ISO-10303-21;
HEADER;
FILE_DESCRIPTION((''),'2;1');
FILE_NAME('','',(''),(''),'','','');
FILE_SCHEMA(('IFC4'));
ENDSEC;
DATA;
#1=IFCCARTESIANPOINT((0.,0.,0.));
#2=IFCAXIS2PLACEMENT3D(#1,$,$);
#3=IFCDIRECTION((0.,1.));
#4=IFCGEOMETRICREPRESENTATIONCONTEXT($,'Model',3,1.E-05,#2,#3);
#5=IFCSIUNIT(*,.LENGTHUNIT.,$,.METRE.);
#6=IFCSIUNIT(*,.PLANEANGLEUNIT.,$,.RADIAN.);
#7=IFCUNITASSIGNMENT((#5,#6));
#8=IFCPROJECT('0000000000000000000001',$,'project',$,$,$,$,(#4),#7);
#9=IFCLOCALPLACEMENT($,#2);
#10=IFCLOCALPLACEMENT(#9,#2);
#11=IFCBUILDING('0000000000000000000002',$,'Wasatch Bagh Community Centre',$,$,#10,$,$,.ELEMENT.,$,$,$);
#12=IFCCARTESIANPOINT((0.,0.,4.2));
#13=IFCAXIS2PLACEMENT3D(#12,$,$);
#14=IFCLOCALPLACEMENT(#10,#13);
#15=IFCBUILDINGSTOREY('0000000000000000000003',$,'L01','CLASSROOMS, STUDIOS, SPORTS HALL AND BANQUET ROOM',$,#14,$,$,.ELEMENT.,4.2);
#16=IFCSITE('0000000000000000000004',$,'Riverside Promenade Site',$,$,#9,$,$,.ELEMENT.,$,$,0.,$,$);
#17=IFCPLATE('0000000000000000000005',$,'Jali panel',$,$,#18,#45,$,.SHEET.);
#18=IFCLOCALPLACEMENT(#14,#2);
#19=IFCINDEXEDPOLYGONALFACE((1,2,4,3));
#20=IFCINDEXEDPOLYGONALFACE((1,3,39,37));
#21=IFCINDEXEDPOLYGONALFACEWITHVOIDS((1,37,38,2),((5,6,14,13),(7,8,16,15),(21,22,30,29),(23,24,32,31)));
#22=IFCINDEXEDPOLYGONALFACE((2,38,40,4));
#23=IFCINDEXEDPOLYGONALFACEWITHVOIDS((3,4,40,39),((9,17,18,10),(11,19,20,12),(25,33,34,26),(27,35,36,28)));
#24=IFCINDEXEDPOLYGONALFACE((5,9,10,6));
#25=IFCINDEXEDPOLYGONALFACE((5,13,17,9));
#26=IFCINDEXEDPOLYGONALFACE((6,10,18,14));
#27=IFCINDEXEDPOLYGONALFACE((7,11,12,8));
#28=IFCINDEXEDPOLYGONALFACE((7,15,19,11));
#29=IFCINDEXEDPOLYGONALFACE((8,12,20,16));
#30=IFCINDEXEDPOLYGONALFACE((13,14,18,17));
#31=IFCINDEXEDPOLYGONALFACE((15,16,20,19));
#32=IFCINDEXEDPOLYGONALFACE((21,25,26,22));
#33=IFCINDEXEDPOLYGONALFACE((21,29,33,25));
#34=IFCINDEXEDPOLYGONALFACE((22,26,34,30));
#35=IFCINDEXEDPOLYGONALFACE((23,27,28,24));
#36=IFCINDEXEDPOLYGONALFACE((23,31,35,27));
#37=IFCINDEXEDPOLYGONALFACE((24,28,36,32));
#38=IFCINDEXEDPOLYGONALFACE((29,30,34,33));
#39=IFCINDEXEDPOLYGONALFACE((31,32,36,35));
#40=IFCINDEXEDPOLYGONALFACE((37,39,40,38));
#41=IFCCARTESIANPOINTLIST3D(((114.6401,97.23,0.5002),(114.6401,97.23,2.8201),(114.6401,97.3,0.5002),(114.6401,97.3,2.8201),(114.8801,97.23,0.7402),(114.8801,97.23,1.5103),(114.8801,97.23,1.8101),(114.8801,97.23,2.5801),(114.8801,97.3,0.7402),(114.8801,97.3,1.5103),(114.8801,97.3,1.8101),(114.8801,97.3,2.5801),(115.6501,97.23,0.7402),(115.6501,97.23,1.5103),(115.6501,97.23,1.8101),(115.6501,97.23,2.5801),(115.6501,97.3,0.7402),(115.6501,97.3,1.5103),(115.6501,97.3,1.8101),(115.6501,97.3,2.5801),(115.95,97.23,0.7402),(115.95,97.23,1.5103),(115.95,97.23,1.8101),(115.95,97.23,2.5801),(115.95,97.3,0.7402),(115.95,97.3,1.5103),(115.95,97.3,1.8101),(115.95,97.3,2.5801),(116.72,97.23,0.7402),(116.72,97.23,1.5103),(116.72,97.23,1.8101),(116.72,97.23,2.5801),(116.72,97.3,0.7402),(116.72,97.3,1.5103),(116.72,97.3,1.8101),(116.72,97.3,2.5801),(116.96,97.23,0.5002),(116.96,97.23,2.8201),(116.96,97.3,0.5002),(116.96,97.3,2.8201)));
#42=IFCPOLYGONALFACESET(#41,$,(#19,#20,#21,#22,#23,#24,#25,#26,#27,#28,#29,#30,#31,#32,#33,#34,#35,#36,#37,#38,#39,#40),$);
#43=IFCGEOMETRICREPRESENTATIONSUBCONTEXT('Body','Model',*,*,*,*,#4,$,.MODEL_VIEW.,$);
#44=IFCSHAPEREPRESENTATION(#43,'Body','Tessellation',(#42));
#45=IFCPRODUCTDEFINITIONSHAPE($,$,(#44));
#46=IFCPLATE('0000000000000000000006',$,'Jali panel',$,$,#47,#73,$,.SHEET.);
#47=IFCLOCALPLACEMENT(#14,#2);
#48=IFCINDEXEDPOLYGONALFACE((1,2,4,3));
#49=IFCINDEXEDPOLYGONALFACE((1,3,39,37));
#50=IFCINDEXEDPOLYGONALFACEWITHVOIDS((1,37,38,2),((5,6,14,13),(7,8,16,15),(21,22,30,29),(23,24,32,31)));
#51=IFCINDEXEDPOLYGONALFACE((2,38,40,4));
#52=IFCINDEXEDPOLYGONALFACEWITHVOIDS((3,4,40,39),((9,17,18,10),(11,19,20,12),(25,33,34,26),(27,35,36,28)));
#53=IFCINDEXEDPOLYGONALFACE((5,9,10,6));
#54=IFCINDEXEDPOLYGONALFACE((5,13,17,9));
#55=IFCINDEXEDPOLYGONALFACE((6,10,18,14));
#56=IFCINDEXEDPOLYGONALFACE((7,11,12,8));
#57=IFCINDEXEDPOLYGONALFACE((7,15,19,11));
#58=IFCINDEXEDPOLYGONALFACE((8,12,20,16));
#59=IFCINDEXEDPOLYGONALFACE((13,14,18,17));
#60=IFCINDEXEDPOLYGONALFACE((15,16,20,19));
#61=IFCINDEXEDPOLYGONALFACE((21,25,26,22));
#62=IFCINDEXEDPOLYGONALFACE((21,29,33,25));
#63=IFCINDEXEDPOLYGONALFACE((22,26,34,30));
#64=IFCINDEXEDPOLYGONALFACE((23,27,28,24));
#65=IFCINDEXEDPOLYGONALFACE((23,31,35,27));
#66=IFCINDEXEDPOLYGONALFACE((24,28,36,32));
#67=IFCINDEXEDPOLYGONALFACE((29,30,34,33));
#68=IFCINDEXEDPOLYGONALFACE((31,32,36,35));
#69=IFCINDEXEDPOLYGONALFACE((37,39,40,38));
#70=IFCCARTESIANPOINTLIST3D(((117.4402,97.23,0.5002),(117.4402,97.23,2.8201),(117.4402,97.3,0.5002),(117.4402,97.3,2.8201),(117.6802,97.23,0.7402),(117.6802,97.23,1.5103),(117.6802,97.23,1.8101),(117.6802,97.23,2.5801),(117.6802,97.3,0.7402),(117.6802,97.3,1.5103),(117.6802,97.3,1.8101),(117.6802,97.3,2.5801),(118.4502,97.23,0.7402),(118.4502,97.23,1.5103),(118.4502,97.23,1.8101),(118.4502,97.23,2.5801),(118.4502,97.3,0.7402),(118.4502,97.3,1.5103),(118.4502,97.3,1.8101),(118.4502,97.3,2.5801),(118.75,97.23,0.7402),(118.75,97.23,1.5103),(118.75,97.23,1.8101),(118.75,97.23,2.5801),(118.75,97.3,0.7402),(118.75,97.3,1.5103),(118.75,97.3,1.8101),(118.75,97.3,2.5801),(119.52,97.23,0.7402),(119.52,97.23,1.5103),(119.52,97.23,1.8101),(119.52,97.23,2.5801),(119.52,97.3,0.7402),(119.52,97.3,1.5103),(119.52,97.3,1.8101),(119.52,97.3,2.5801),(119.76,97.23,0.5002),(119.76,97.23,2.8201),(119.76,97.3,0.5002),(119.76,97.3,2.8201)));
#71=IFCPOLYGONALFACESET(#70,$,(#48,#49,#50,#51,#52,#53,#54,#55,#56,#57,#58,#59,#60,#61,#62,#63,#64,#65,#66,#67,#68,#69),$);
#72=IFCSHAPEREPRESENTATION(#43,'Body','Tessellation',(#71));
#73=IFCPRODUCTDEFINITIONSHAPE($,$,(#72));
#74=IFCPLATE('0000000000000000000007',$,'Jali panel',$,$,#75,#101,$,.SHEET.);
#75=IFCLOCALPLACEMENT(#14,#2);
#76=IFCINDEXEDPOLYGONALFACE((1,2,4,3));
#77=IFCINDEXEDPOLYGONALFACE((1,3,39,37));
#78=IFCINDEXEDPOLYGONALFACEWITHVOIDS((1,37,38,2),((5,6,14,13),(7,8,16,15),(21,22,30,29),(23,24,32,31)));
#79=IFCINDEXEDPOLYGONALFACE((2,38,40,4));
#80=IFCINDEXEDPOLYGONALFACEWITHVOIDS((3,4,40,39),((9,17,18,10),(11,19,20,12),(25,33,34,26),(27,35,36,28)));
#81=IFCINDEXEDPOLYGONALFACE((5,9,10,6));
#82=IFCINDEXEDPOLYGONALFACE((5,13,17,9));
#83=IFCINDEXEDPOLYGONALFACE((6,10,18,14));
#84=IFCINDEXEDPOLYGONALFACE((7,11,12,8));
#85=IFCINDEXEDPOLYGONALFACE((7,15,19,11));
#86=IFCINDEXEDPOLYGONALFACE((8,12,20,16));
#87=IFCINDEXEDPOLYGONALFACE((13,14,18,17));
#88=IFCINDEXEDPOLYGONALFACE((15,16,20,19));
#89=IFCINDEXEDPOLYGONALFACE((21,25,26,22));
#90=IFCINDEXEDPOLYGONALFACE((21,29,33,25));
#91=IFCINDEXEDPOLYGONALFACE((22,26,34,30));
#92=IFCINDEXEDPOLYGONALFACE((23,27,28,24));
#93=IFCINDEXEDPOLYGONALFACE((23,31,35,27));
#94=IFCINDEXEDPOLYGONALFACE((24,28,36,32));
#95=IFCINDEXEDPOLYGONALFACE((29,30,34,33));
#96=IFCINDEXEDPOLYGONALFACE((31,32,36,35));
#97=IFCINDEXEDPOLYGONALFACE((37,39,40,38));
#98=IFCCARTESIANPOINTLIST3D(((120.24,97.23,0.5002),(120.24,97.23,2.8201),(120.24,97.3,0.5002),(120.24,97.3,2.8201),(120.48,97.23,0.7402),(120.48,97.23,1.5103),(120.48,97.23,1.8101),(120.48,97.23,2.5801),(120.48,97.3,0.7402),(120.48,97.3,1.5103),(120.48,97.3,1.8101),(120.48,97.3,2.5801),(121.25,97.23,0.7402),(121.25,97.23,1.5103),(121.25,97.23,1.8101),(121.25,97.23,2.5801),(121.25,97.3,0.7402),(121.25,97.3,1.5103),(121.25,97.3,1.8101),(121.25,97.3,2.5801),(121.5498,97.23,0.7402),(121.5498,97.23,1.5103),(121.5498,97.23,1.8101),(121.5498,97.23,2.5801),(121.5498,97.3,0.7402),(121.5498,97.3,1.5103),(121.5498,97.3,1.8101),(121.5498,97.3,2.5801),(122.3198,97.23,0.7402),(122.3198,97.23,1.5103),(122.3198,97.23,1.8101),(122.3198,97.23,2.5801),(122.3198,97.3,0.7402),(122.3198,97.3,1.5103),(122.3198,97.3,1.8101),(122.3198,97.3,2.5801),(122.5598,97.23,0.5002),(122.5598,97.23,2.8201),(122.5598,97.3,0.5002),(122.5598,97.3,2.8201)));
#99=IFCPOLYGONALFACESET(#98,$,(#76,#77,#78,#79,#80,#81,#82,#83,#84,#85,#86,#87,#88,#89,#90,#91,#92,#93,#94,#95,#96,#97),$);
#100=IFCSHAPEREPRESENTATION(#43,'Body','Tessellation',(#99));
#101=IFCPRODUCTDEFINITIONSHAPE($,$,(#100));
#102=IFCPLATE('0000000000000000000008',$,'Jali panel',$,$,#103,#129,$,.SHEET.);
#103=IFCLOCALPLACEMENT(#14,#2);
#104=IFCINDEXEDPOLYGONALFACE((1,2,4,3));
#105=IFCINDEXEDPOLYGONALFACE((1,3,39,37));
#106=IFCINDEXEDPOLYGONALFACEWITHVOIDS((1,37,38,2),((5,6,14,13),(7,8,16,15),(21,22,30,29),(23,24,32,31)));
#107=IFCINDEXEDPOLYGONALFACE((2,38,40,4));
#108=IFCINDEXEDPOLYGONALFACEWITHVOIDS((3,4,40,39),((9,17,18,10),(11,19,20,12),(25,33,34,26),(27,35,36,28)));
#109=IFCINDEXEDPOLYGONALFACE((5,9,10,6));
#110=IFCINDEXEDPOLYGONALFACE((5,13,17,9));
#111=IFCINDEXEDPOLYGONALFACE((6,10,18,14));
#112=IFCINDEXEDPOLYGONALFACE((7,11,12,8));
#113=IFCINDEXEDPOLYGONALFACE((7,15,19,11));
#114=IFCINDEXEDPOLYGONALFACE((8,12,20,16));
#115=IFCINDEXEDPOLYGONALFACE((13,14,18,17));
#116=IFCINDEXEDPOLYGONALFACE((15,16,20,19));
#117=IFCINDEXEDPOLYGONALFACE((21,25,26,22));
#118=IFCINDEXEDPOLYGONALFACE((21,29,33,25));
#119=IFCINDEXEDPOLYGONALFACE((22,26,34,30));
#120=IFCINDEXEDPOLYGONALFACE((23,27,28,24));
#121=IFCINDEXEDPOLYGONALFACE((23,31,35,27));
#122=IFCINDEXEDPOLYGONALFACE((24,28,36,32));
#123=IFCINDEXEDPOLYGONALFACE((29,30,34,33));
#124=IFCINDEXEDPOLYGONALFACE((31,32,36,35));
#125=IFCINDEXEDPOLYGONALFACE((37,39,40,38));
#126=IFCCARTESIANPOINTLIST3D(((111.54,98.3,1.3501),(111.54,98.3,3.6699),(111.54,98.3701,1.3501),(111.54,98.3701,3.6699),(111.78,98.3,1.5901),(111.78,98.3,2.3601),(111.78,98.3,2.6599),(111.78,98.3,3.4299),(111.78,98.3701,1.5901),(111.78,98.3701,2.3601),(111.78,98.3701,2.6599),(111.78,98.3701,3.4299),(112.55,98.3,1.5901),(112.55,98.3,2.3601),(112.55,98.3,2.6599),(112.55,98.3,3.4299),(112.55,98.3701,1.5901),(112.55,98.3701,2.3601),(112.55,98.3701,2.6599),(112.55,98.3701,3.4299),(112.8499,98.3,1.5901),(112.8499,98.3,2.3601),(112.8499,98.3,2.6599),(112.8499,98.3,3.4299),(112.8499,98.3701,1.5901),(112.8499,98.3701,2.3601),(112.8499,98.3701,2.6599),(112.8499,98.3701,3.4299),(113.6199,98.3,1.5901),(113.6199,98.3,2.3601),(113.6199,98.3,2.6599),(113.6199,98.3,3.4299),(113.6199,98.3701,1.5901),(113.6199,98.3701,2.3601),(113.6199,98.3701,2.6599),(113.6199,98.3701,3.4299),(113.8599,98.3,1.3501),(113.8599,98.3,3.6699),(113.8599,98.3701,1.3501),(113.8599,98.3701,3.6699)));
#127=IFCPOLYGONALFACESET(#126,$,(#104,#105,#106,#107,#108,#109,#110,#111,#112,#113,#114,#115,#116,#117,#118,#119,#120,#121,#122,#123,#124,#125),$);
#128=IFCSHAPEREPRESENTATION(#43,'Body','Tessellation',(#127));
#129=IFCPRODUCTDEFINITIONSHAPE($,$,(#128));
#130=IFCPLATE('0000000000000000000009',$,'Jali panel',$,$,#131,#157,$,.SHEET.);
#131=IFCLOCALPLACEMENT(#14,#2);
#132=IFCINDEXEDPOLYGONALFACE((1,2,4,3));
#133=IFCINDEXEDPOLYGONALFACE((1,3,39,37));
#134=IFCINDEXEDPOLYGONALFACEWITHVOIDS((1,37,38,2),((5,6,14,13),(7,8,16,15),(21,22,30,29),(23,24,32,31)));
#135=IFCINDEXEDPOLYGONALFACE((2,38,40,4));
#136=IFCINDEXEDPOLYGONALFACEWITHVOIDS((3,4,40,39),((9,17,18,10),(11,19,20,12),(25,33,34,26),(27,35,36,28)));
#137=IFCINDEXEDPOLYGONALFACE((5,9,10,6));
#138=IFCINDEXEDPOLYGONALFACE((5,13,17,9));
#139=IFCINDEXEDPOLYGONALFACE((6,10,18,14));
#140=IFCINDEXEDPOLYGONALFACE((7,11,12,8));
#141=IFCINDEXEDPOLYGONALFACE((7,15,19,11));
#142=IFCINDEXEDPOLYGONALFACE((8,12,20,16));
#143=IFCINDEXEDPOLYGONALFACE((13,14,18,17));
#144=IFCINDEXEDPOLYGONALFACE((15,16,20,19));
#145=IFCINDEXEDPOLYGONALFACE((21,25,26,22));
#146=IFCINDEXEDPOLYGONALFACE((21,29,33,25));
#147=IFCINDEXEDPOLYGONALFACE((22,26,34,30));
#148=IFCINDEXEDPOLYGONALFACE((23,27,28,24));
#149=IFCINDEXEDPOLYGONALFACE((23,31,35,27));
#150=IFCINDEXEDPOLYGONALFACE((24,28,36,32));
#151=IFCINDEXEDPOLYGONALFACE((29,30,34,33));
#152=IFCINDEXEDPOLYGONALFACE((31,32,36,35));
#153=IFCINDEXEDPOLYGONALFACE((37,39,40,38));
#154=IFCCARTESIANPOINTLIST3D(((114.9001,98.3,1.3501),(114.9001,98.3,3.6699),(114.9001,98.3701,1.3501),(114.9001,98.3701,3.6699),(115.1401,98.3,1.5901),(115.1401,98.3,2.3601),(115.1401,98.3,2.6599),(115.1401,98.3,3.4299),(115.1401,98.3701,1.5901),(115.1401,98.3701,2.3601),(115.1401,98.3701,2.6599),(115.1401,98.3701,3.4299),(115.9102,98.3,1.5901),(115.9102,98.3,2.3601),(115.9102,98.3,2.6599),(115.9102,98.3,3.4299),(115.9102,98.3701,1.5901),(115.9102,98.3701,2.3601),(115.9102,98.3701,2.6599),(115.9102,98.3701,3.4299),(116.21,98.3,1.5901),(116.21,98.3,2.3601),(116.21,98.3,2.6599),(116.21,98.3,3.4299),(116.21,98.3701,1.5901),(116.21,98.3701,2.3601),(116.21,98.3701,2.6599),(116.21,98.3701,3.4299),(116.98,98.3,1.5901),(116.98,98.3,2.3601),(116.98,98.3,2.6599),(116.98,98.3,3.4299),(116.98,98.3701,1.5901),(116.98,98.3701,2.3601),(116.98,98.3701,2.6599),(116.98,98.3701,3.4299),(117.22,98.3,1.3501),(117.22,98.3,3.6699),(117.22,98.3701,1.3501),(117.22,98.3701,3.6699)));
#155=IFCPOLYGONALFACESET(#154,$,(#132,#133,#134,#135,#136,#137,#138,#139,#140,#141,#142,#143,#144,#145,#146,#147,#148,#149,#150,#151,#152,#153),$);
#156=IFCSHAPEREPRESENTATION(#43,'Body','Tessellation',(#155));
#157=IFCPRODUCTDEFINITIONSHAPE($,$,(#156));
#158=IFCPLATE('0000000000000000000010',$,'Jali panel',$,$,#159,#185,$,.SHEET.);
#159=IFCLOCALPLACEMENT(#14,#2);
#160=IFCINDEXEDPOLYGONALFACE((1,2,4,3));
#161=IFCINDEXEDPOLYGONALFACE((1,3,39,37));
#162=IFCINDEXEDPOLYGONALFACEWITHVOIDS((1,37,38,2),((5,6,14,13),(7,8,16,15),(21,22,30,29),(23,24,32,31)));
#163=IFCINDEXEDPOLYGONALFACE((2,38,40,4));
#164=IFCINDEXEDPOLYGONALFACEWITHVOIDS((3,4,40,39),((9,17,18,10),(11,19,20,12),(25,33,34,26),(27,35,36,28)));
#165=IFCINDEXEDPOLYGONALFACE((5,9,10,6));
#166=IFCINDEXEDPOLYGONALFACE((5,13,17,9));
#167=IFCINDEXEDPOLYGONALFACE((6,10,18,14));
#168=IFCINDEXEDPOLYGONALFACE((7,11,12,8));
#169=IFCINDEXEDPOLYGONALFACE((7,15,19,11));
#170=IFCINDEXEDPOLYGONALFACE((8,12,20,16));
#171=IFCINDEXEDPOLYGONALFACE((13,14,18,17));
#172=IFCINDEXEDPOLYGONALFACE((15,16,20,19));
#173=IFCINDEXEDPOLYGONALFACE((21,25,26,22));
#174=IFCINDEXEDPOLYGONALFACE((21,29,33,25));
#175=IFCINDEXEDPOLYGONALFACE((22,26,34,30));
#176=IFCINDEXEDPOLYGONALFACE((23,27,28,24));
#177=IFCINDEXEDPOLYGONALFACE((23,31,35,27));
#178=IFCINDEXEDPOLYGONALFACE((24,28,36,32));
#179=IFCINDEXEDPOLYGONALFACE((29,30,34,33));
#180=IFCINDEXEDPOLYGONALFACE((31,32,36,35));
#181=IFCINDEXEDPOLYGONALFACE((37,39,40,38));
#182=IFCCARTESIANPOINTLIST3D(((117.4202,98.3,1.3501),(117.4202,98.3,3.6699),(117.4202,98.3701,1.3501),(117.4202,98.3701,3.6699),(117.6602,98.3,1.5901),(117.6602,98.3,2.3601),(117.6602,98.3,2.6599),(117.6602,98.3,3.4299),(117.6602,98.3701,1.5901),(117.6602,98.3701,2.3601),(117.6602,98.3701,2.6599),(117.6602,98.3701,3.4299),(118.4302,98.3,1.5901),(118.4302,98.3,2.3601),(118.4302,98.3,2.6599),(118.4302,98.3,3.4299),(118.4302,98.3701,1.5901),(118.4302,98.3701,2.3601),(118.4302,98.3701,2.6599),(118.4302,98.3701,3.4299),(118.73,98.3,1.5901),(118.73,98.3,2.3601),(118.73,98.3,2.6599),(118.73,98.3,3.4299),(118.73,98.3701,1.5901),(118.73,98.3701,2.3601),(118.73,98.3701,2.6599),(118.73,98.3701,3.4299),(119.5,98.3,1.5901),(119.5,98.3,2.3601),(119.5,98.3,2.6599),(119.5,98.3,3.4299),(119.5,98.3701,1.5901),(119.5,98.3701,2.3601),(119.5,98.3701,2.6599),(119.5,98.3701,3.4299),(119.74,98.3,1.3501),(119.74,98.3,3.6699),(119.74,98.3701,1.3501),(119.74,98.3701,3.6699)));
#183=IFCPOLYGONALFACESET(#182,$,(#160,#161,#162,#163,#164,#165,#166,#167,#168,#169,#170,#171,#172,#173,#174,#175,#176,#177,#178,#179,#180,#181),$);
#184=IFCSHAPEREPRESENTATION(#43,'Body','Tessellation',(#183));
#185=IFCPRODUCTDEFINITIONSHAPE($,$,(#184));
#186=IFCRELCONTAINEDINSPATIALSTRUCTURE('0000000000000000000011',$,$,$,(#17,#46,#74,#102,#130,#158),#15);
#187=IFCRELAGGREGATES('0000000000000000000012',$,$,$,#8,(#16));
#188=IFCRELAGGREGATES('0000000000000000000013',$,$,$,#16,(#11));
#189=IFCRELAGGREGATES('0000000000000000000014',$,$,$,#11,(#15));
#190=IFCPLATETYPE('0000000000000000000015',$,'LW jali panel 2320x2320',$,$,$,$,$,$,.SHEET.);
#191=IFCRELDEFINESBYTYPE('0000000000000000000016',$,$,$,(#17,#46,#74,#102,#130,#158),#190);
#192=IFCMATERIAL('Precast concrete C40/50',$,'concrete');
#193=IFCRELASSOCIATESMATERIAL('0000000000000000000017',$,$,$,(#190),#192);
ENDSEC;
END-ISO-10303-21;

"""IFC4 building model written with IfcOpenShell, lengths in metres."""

from ifc_helpers import new_model, si_unit, direction, frame, origin, place, context, subcontext, project, spatial, polyline, outline, extrude, material, material_profile, profile_set, type_object, element, save


model = new_model("IFC4")

# Units and contexts
model_context = context("Model", 3, precision=1e-05, world=origin(), true_north=direction((0.0, 1.0)))
body_context = subcontext(model_context, "Body", "Model", "MODEL_VIEW")
ifc_project = project(units=[si_unit("LENGTHUNIT", "METRE"), si_unit("PLANEANGLEUNIT", "RADIAN")], contexts=[model_context])

# Site, building, storey
site_placement = place(None, origin())
site = spatial("IfcSite", under=ifc_project, at=site_placement, Name="Riverside Promenade Site", CompositionType="ELEMENT", RefElevation=0.0)
building_placement = place(site_placement, origin())
building = spatial("IfcBuilding", under=site, at=building_placement, Name="Wasatch Bagh Community Centre", CompositionType="ELEMENT")
storey_placement = place(building_placement, frame((0.0, 0.0, 4.2)))
storey = spatial("IfcBuildingStorey", under=building, at=storey_placement, Name="L01", Description="CLASSROOMS, STUDIOS, SPORTS HALL AND BANQUET ROOM", CompositionType="ELEMENT", Elevation=4.2)

# Plates
ifc_material_1 = material(Name="Precast concrete C40/50", Category="concrete")
ifc_material_profile_1 = material_profile(ifc_material_1, outline(polyline([(-1.1599, -1.1599), (1.1599, -1.1599), (1.1599, 1.1599), (-1.1599, 1.1599), (-1.1599, -1.1599)]), holes=[polyline([(-0.9199, -0.9199), (-0.1499, -0.9199), (-0.1499, -0.1499), (-0.9199, -0.1499), (-0.9199, -0.9199)]), polyline([(-0.9199, 0.1499), (-0.1499, 0.1499), (-0.1499, 0.9199), (-0.9199, 0.9199), (-0.9199, 0.1499)]), polyline([(0.1499, -0.9199), (0.9199, -0.9199), (0.9199, -0.1499), (0.1499, -0.1499), (0.1499, -0.9199)]), polyline([(0.1499, 0.1499), (0.9199, 0.1499), (0.9199, 0.9199), (0.1499, 0.9199), (0.1499, 0.1499)])]), Name="Jali lattice")
ifc_profile_set_1 = profile_set([ifc_material_profile_1], Name="Precast concrete C40/50")
plate_type_1 = type_object("IfcPlateType", Name="LW jali panel 2320x2320", PredefinedType="SHEET", material=ifc_profile_set_1)
for number, where, z_axis, x_axis, name in (
    (1, (115.8, 97.3, 1.6602), (0.0, -1.0, 0.0), (1.0, 0.0, 0.0), "Jali panel"),
    (2, (118.6001, 97.3, 1.6602), (0.0, -1.0, 0.0), (1.0, 0.0, 0.0), "Jali panel"),
    (3, (121.3999, 97.3, 1.6602), (0.0, -1.0, 0.0), (1.0, 0.0, 0.0), "Jali panel"),
    (4, (112.7, 98.3, 2.51), (0.0, 1.0, 0.0), (-1.0, 0.0, 0.0), "Jali panel"),
    (5, (116.0601, 98.3, 2.51), (0.0, 1.0, 0.0), (-1.0, 0.0, 0.0), "Jali panel"),
    (6, (118.5801, 98.3, 2.51), (0.0, 1.0, 0.0), (-1.0, 0.0, 0.0), "Jali panel"),
):
    element("IfcPlate", number, at=place(storey_placement, frame(where, z_axis=z_axis, x_axis=x_axis)), inside=storey, type_object=plate_type_1, Name=name, PredefinedType="SHEET", context=body_context, shape_type="SweptSolid", body=[
        extrude(outline(polyline([(-1.1599, -1.1599), (1.1599, -1.1599), (1.1599, 1.1599), (-1.1599, 1.1599), (-1.1599, -1.1599)]), holes=[polyline([(-0.9199, -0.9199), (-0.1499, -0.9199), (-0.1499, -0.1499), (-0.9199, -0.1499), (-0.9199, -0.9199)]), polyline([(-0.9199, 0.1499), (-0.1499, 0.1499), (-0.1499, 0.9199), (-0.9199, 0.9199), (-0.9199, 0.1499)]), polyline([(0.1499, -0.9199), (0.9199, -0.9199), (0.9199, -0.1499), (0.1499, -0.1499), (0.1499, -0.9199)]), polyline([(0.1499, 0.1499), (0.9199, 0.1499), (0.9199, 0.9199), (0.1499, 0.9199), (0.1499, 0.1499)])]), origin(), (0.0, 0.0, 1.0), 0.0701),
    ])

save(model, "model.ifc")
